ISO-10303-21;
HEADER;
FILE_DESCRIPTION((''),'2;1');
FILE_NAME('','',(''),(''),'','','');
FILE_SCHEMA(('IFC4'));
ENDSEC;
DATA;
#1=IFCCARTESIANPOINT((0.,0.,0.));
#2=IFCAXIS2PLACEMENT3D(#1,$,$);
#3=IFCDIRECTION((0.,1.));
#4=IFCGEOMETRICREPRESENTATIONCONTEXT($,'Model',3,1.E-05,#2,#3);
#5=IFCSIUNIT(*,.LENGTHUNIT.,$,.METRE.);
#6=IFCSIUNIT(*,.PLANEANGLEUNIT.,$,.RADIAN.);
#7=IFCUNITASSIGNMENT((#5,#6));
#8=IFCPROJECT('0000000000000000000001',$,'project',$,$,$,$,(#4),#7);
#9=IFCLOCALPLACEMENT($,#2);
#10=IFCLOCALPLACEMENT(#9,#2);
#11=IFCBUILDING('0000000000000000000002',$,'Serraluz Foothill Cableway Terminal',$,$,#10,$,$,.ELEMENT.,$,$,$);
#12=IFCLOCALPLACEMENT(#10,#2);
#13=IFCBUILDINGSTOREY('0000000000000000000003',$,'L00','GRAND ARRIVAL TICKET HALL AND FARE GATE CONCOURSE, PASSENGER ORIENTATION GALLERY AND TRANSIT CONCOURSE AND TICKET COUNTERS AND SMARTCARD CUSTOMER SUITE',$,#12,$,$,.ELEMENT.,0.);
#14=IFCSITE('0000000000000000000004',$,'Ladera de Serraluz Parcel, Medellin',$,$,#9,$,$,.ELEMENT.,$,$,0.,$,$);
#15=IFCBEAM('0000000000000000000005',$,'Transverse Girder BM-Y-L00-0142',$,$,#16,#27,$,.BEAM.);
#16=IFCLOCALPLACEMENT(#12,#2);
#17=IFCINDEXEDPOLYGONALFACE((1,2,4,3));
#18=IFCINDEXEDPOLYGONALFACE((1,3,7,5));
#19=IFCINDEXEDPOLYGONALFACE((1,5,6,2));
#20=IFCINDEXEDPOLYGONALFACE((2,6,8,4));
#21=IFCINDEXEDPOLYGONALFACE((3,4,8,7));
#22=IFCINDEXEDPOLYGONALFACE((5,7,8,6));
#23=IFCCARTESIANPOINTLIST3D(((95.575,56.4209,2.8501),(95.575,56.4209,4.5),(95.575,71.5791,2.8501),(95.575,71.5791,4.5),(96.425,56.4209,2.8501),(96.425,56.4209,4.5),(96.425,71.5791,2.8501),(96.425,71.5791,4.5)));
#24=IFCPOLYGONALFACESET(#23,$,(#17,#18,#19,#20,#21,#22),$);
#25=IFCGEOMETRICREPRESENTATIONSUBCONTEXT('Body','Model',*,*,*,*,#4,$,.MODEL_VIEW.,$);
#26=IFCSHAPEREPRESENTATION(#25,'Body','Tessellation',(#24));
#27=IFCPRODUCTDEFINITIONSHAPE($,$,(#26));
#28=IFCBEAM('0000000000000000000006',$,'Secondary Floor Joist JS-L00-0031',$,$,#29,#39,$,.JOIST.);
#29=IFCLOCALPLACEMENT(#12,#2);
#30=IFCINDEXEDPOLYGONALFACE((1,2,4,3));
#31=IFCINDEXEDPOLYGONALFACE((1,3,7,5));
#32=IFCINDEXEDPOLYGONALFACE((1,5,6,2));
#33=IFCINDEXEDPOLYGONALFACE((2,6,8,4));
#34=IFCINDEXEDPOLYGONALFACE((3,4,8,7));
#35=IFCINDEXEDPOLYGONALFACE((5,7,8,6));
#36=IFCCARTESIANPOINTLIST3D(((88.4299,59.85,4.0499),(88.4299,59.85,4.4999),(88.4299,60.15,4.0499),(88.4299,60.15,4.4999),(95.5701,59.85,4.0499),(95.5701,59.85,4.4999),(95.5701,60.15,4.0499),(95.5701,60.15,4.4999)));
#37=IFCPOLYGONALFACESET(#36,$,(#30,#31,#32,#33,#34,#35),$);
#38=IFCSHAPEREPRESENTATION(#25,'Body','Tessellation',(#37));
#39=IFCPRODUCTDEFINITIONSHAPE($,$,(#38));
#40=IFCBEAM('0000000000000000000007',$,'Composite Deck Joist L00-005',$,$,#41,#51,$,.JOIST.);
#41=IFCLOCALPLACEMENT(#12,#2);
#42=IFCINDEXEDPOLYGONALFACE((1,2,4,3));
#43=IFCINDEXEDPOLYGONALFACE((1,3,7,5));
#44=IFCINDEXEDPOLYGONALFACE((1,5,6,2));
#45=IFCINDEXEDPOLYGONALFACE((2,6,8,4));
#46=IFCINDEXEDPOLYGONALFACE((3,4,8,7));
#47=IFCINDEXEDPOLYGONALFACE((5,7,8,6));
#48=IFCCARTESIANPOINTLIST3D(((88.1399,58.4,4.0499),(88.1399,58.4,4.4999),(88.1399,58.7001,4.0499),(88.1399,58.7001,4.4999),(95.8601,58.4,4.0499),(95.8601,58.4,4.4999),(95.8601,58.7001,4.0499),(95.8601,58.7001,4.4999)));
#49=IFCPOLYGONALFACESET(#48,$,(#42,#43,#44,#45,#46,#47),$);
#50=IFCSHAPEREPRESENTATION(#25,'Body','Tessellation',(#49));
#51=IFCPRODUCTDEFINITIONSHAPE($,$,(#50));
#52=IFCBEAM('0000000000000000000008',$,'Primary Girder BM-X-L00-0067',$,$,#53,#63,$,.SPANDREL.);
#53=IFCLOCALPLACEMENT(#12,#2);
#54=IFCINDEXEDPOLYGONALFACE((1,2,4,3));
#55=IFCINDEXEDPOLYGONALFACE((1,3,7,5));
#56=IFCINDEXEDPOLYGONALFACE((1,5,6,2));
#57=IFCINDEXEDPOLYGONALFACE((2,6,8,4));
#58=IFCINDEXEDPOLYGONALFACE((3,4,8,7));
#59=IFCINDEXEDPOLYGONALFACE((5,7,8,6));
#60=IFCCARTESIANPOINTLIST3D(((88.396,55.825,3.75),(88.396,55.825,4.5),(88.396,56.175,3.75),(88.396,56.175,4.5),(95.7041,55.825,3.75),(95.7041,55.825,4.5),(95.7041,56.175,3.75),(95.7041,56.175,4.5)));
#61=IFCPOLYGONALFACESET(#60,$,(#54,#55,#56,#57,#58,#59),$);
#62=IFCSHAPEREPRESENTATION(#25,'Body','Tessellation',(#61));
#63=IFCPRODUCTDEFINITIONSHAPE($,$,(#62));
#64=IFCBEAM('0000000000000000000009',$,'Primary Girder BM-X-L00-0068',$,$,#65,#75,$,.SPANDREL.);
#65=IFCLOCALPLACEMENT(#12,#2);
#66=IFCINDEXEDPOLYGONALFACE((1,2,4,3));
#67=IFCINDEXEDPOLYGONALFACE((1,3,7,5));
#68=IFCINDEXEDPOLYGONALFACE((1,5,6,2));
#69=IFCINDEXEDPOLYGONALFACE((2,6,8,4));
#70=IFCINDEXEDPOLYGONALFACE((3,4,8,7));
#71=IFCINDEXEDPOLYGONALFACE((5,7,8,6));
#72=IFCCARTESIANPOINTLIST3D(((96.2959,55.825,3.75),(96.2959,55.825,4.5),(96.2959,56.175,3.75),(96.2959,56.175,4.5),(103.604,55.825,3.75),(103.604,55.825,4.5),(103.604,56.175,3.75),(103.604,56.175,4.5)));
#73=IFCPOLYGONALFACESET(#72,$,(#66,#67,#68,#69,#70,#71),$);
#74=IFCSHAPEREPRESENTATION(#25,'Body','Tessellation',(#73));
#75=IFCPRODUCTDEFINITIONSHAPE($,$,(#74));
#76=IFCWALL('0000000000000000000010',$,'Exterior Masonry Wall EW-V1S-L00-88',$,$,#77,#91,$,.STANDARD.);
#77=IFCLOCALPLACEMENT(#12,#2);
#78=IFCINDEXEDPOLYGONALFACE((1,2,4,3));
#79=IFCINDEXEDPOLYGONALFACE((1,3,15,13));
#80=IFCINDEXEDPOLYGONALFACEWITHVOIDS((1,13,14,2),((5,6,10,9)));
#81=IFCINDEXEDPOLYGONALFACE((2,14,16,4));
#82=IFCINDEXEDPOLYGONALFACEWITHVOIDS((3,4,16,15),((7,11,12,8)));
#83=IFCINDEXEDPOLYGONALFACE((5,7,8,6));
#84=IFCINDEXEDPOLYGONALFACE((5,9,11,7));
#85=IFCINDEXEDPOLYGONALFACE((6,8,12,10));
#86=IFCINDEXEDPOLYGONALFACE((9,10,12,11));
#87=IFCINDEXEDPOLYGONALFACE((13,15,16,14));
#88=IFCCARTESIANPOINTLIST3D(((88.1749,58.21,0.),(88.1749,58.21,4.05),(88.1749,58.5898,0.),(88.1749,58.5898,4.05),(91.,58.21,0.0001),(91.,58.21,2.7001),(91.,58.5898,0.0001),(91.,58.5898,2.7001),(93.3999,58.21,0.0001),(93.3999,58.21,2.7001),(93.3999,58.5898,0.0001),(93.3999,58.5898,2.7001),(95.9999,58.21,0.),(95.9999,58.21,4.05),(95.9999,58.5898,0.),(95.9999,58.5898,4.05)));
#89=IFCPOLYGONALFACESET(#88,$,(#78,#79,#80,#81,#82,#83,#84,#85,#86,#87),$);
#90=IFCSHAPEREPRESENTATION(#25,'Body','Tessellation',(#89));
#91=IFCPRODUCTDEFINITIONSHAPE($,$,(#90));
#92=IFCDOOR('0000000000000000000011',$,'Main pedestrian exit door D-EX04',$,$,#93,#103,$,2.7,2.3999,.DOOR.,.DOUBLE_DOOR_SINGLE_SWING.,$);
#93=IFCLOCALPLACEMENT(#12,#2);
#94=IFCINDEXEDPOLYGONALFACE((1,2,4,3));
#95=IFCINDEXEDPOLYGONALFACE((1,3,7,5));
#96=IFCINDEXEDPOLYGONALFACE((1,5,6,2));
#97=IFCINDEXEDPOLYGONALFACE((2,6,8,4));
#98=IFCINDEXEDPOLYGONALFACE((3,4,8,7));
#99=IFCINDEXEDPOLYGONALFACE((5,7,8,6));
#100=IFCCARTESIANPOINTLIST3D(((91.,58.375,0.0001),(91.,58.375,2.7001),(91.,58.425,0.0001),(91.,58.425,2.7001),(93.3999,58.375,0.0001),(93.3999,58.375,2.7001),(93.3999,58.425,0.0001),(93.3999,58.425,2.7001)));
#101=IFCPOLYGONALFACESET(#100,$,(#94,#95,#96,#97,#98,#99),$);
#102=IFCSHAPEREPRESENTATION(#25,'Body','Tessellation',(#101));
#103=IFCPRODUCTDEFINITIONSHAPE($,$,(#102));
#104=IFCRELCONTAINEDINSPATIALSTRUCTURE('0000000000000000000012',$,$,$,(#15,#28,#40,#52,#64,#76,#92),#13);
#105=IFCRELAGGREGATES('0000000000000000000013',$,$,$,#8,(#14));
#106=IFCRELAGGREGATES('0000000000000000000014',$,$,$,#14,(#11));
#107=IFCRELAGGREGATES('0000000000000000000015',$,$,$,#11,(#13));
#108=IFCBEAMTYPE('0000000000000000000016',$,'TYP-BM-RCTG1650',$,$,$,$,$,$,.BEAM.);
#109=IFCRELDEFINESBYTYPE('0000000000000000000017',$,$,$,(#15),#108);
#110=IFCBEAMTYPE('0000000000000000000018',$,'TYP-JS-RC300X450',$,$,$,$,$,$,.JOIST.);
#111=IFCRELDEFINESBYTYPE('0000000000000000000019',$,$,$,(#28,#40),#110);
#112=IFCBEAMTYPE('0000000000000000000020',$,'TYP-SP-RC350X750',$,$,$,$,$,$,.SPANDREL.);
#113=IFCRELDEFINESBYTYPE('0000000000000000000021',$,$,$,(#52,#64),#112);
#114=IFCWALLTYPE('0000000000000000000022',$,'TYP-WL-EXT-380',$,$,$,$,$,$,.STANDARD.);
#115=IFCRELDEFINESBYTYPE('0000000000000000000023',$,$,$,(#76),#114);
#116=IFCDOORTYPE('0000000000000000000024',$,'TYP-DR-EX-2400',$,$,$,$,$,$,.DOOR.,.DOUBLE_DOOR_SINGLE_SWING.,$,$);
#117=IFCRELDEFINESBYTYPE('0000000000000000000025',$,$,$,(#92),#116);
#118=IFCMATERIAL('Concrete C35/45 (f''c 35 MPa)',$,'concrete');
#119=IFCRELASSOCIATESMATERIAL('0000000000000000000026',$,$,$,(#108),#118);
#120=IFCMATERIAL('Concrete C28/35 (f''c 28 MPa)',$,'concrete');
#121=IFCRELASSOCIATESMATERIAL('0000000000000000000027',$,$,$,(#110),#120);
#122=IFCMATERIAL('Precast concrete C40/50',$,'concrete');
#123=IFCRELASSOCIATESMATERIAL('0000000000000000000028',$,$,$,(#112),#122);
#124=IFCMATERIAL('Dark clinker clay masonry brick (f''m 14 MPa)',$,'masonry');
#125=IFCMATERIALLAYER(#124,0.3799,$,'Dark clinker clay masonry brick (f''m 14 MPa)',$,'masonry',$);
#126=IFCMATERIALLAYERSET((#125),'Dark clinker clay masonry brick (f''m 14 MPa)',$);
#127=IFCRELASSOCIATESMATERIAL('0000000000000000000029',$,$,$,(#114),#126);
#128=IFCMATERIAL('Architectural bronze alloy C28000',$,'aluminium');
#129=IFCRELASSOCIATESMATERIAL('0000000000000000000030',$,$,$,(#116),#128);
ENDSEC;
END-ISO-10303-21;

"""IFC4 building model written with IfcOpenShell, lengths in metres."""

from ifc_helpers import new_model, si_unit, direction, frame, frame_2d, origin, origin_2d, place, context, subcontext, project, spatial, rectangle, extrude, material, layer, layer_set, material_profile, profile_set, type_object, element, fill, save


model = new_model("IFC4")

# Units and contexts
model_context = context("Model", 3, precision=1e-05, world=origin(), true_north=direction((0.0, 1.0)))
body_context = subcontext(model_context, "Body", "Model", "MODEL_VIEW")
ifc_project = project(units=[si_unit("LENGTHUNIT", "METRE"), si_unit("PLANEANGLEUNIT", "RADIAN")], contexts=[model_context])

# Site, building, storey
site_placement = place(None, origin())
site = spatial("IfcSite", under=ifc_project, at=site_placement, Name="Ladera de Serraluz Parcel, Medellin", CompositionType="ELEMENT", RefElevation=0.0)
building_placement = place(site_placement, origin())
building = spatial("IfcBuilding", under=site, at=building_placement, Name="Serraluz Foothill Cableway Terminal", CompositionType="ELEMENT")
storey_placement = place(building_placement, origin())
storey = spatial("IfcBuildingStorey", under=building, at=storey_placement, Name="L00", Description="GRAND ARRIVAL TICKET HALL AND FARE GATE CONCOURSE, PASSENGER ORIENTATION GALLERY AND TRANSIT CONCOURSE AND TICKET COUNTERS AND SMARTCARD CUSTOMER SUITE", CompositionType="ELEMENT", Elevation=0.0)

# Shared definitions
ifc_material_1 = material(Name="Concrete C35/45 (f'c 35 MPa)", Category="concrete")

# Shared definitions
ifc_material_2 = material(Name="Concrete C28/35 (f'c 28 MPa)", Category="concrete")

# Beams
ifc_material_profile_1 = material_profile(ifc_material_1, rectangle(XDim=0.8501, YDim=1.6499, at=origin_2d()), Name="RC TG 850x1650")
ifc_profile_set_1 = profile_set([ifc_material_profile_1], Name="Concrete C35/45 (f'c 35 MPa)")
beam_type_1 = type_object("IfcBeamType", Name="TYP-BM-RCTG1650", PredefinedType="BEAM", material=ifc_profile_set_1)
beam_1_placement = place(storey_placement, frame((96.0, 56.4209, 3.675), z_axis=(0.0, 1.0, 0.0), x_axis=(-1.0, 0.0, 0.0)))
element("IfcBeam", 1, at=beam_1_placement, inside=storey, type_object=beam_type_1, Name="Transverse Girder BM-Y-L00-0142", PredefinedType="BEAM", context=body_context, shape_type="SweptSolid", body=[
    extrude(rectangle(XDim=0.8501, YDim=1.6499, at=origin_2d()), origin(), (0.0, 0.0, 1.0), 15.1582),
])
ifc_material_profile_2 = material_profile(ifc_material_2, rectangle(XDim=0.3, YDim=0.45, at=origin_2d()), Name="RC 300x450")
ifc_profile_set_2 = profile_set([ifc_material_profile_2], Name="Concrete C28/35 (f'c 28 MPa)")
beam_type_2 = type_object("IfcBeamType", Name="TYP-JS-RC300X450", PredefinedType="JOIST", material=ifc_profile_set_2)
beam_2_placement = place(storey_placement, frame((88.4299, 60.0, 4.2749), z_axis=(1.0, 0.0, 0.0), x_axis=(0.0, 1.0, 0.0)))
element("IfcBeam", 2, at=beam_2_placement, inside=storey, type_object=beam_type_2, Name="Secondary Floor Joist JS-L00-0031", PredefinedType="JOIST", context=body_context, shape_type="SweptSolid", body=[
    extrude(rectangle(XDim=0.3, YDim=0.45, at=origin_2d()), origin(), (0.0, 0.0, 1.0), 7.1401),
])
beam_3_placement = place(storey_placement, frame((88.1399, 58.55, 4.2749), z_axis=(1.0, 0.0, 0.0), x_axis=(0.0, 1.0, 0.0)))
element("IfcBeam", 3, at=beam_3_placement, inside=storey, type_object=beam_type_2, Name="Composite Deck Joist L00-005", PredefinedType="JOIST", context=body_context, shape_type="SweptSolid", body=[
    extrude(rectangle(XDim=0.3, YDim=0.45, at=origin_2d()), origin(), (0.0, 0.0, 1.0), 7.7202),
])
ifc_material_3 = material(Name="Precast concrete C40/50", Category="concrete")
ifc_material_profile_3 = material_profile(ifc_material_3, rectangle(XDim=0.3501, YDim=0.75, at=origin_2d()), Name="RC SP 350x750")
ifc_profile_set_3 = profile_set([ifc_material_profile_3], Name="Precast concrete C40/50")
beam_type_3 = type_object("IfcBeamType", Name="TYP-SP-RC350X750", PredefinedType="SPANDREL", material=ifc_profile_set_3)
for number, where, z_axis, x_axis, name in (
    (4, (88.396, 56.0, 4.125), (1.0, 0.0, 0.0), (0.0, 1.0, 0.0), "Primary Girder BM-X-L00-0067"),
    (5, (96.2959, 56.0, 4.125), (1.0, 0.0, 0.0), (0.0, 1.0, 0.0), "Primary Girder BM-X-L00-0068"),
):
    element("IfcBeam", number, at=place(storey_placement, frame(where, z_axis=z_axis, x_axis=x_axis)), inside=storey, type_object=beam_type_3, Name=name, PredefinedType="SPANDREL", context=body_context, shape_type="SweptSolid", body=[
        extrude(rectangle(XDim=0.3501, YDim=0.75, at=origin_2d()), origin(), (0.0, 0.0, 1.0), 7.3081),
    ])

# Wall, opening, door
ifc_material_4 = material(Name="Dark clinker clay masonry brick (f'm 14 MPa)", Category="masonry")
ifc_layer = layer(ifc_material_4, 0.3799, Name="Dark clinker clay masonry brick (f'm 14 MPa)", Category="masonry")
ifc_layer_set = layer_set([ifc_layer], Name="Dark clinker clay masonry brick (f'm 14 MPa)")
wall_type = type_object("IfcWallType", Name="TYP-WL-EXT-380", PredefinedType="STANDARD", material=ifc_layer_set)
wall_placement = place(storey_placement, frame((96.0, 58.3999, 0.0), z_axis=(0.0, 0.0, 1.0), x_axis=(-1.0, 0.0, 0.0)))
wall = element("IfcWall", 6, at=wall_placement, inside=storey, type_object=wall_type, Name="Exterior Masonry Wall EW-V1S-L00-88", PredefinedType="STANDARD", context=body_context, shape_type="SweptSolid", body=[
    extrude(rectangle(XDim=7.825, YDim=0.3799, at=frame_2d((3.9126, 0.0))), origin(), (0.0, 0.0, 1.0), 4.05),
])
opening_placement = place(wall_placement, frame((2.6001, 0.0, 0.0)))
opening = element("IfcOpeningElement", 7, at=opening_placement, cuts=wall, PredefinedType="OPENING", context=body_context, shape_type="SweptSolid", body=[
    extrude(rectangle(XDim=2.3999, YDim=2.7, at=frame_2d((1.2, 1.3501))), frame((0.0, 0.2, 0.0), z_axis=(0.0, -1.0, 0.0), x_axis=(1.0, 0.0, 0.0)), (0.0, 0.0, 1.0), 0.3999),
])
ifc_material_5 = material(Name="Architectural bronze alloy C28000", Category="aluminium")
door_type = type_object("IfcDoorType", Name="TYP-DR-EX-2400", OperationType="DOUBLE_DOOR_SINGLE_SWING", PredefinedType="DOOR", material=ifc_material_5)
door_placement = place(opening_placement, origin())
door = element("IfcDoor", 8, at=door_placement, inside=storey, type_object=door_type, Name="Main pedestrian exit door D-EX04", OperationType="DOUBLE_DOOR_SINGLE_SWING", OverallHeight=2.7, OverallWidth=2.3999, PredefinedType="DOOR", context=body_context, shape_type="SweptSolid", body=[
    extrude(rectangle(XDim=2.3999, YDim=2.7, at=frame_2d((1.2, 1.3501))), frame((0.0, 0.0249, 0.0), z_axis=(0.0, -1.0, 0.0), x_axis=(1.0, 0.0, 0.0)), (0.0, 0.0, 1.0), 0.05),
])
fill(opening, door)

save(model, "model.ifc")
